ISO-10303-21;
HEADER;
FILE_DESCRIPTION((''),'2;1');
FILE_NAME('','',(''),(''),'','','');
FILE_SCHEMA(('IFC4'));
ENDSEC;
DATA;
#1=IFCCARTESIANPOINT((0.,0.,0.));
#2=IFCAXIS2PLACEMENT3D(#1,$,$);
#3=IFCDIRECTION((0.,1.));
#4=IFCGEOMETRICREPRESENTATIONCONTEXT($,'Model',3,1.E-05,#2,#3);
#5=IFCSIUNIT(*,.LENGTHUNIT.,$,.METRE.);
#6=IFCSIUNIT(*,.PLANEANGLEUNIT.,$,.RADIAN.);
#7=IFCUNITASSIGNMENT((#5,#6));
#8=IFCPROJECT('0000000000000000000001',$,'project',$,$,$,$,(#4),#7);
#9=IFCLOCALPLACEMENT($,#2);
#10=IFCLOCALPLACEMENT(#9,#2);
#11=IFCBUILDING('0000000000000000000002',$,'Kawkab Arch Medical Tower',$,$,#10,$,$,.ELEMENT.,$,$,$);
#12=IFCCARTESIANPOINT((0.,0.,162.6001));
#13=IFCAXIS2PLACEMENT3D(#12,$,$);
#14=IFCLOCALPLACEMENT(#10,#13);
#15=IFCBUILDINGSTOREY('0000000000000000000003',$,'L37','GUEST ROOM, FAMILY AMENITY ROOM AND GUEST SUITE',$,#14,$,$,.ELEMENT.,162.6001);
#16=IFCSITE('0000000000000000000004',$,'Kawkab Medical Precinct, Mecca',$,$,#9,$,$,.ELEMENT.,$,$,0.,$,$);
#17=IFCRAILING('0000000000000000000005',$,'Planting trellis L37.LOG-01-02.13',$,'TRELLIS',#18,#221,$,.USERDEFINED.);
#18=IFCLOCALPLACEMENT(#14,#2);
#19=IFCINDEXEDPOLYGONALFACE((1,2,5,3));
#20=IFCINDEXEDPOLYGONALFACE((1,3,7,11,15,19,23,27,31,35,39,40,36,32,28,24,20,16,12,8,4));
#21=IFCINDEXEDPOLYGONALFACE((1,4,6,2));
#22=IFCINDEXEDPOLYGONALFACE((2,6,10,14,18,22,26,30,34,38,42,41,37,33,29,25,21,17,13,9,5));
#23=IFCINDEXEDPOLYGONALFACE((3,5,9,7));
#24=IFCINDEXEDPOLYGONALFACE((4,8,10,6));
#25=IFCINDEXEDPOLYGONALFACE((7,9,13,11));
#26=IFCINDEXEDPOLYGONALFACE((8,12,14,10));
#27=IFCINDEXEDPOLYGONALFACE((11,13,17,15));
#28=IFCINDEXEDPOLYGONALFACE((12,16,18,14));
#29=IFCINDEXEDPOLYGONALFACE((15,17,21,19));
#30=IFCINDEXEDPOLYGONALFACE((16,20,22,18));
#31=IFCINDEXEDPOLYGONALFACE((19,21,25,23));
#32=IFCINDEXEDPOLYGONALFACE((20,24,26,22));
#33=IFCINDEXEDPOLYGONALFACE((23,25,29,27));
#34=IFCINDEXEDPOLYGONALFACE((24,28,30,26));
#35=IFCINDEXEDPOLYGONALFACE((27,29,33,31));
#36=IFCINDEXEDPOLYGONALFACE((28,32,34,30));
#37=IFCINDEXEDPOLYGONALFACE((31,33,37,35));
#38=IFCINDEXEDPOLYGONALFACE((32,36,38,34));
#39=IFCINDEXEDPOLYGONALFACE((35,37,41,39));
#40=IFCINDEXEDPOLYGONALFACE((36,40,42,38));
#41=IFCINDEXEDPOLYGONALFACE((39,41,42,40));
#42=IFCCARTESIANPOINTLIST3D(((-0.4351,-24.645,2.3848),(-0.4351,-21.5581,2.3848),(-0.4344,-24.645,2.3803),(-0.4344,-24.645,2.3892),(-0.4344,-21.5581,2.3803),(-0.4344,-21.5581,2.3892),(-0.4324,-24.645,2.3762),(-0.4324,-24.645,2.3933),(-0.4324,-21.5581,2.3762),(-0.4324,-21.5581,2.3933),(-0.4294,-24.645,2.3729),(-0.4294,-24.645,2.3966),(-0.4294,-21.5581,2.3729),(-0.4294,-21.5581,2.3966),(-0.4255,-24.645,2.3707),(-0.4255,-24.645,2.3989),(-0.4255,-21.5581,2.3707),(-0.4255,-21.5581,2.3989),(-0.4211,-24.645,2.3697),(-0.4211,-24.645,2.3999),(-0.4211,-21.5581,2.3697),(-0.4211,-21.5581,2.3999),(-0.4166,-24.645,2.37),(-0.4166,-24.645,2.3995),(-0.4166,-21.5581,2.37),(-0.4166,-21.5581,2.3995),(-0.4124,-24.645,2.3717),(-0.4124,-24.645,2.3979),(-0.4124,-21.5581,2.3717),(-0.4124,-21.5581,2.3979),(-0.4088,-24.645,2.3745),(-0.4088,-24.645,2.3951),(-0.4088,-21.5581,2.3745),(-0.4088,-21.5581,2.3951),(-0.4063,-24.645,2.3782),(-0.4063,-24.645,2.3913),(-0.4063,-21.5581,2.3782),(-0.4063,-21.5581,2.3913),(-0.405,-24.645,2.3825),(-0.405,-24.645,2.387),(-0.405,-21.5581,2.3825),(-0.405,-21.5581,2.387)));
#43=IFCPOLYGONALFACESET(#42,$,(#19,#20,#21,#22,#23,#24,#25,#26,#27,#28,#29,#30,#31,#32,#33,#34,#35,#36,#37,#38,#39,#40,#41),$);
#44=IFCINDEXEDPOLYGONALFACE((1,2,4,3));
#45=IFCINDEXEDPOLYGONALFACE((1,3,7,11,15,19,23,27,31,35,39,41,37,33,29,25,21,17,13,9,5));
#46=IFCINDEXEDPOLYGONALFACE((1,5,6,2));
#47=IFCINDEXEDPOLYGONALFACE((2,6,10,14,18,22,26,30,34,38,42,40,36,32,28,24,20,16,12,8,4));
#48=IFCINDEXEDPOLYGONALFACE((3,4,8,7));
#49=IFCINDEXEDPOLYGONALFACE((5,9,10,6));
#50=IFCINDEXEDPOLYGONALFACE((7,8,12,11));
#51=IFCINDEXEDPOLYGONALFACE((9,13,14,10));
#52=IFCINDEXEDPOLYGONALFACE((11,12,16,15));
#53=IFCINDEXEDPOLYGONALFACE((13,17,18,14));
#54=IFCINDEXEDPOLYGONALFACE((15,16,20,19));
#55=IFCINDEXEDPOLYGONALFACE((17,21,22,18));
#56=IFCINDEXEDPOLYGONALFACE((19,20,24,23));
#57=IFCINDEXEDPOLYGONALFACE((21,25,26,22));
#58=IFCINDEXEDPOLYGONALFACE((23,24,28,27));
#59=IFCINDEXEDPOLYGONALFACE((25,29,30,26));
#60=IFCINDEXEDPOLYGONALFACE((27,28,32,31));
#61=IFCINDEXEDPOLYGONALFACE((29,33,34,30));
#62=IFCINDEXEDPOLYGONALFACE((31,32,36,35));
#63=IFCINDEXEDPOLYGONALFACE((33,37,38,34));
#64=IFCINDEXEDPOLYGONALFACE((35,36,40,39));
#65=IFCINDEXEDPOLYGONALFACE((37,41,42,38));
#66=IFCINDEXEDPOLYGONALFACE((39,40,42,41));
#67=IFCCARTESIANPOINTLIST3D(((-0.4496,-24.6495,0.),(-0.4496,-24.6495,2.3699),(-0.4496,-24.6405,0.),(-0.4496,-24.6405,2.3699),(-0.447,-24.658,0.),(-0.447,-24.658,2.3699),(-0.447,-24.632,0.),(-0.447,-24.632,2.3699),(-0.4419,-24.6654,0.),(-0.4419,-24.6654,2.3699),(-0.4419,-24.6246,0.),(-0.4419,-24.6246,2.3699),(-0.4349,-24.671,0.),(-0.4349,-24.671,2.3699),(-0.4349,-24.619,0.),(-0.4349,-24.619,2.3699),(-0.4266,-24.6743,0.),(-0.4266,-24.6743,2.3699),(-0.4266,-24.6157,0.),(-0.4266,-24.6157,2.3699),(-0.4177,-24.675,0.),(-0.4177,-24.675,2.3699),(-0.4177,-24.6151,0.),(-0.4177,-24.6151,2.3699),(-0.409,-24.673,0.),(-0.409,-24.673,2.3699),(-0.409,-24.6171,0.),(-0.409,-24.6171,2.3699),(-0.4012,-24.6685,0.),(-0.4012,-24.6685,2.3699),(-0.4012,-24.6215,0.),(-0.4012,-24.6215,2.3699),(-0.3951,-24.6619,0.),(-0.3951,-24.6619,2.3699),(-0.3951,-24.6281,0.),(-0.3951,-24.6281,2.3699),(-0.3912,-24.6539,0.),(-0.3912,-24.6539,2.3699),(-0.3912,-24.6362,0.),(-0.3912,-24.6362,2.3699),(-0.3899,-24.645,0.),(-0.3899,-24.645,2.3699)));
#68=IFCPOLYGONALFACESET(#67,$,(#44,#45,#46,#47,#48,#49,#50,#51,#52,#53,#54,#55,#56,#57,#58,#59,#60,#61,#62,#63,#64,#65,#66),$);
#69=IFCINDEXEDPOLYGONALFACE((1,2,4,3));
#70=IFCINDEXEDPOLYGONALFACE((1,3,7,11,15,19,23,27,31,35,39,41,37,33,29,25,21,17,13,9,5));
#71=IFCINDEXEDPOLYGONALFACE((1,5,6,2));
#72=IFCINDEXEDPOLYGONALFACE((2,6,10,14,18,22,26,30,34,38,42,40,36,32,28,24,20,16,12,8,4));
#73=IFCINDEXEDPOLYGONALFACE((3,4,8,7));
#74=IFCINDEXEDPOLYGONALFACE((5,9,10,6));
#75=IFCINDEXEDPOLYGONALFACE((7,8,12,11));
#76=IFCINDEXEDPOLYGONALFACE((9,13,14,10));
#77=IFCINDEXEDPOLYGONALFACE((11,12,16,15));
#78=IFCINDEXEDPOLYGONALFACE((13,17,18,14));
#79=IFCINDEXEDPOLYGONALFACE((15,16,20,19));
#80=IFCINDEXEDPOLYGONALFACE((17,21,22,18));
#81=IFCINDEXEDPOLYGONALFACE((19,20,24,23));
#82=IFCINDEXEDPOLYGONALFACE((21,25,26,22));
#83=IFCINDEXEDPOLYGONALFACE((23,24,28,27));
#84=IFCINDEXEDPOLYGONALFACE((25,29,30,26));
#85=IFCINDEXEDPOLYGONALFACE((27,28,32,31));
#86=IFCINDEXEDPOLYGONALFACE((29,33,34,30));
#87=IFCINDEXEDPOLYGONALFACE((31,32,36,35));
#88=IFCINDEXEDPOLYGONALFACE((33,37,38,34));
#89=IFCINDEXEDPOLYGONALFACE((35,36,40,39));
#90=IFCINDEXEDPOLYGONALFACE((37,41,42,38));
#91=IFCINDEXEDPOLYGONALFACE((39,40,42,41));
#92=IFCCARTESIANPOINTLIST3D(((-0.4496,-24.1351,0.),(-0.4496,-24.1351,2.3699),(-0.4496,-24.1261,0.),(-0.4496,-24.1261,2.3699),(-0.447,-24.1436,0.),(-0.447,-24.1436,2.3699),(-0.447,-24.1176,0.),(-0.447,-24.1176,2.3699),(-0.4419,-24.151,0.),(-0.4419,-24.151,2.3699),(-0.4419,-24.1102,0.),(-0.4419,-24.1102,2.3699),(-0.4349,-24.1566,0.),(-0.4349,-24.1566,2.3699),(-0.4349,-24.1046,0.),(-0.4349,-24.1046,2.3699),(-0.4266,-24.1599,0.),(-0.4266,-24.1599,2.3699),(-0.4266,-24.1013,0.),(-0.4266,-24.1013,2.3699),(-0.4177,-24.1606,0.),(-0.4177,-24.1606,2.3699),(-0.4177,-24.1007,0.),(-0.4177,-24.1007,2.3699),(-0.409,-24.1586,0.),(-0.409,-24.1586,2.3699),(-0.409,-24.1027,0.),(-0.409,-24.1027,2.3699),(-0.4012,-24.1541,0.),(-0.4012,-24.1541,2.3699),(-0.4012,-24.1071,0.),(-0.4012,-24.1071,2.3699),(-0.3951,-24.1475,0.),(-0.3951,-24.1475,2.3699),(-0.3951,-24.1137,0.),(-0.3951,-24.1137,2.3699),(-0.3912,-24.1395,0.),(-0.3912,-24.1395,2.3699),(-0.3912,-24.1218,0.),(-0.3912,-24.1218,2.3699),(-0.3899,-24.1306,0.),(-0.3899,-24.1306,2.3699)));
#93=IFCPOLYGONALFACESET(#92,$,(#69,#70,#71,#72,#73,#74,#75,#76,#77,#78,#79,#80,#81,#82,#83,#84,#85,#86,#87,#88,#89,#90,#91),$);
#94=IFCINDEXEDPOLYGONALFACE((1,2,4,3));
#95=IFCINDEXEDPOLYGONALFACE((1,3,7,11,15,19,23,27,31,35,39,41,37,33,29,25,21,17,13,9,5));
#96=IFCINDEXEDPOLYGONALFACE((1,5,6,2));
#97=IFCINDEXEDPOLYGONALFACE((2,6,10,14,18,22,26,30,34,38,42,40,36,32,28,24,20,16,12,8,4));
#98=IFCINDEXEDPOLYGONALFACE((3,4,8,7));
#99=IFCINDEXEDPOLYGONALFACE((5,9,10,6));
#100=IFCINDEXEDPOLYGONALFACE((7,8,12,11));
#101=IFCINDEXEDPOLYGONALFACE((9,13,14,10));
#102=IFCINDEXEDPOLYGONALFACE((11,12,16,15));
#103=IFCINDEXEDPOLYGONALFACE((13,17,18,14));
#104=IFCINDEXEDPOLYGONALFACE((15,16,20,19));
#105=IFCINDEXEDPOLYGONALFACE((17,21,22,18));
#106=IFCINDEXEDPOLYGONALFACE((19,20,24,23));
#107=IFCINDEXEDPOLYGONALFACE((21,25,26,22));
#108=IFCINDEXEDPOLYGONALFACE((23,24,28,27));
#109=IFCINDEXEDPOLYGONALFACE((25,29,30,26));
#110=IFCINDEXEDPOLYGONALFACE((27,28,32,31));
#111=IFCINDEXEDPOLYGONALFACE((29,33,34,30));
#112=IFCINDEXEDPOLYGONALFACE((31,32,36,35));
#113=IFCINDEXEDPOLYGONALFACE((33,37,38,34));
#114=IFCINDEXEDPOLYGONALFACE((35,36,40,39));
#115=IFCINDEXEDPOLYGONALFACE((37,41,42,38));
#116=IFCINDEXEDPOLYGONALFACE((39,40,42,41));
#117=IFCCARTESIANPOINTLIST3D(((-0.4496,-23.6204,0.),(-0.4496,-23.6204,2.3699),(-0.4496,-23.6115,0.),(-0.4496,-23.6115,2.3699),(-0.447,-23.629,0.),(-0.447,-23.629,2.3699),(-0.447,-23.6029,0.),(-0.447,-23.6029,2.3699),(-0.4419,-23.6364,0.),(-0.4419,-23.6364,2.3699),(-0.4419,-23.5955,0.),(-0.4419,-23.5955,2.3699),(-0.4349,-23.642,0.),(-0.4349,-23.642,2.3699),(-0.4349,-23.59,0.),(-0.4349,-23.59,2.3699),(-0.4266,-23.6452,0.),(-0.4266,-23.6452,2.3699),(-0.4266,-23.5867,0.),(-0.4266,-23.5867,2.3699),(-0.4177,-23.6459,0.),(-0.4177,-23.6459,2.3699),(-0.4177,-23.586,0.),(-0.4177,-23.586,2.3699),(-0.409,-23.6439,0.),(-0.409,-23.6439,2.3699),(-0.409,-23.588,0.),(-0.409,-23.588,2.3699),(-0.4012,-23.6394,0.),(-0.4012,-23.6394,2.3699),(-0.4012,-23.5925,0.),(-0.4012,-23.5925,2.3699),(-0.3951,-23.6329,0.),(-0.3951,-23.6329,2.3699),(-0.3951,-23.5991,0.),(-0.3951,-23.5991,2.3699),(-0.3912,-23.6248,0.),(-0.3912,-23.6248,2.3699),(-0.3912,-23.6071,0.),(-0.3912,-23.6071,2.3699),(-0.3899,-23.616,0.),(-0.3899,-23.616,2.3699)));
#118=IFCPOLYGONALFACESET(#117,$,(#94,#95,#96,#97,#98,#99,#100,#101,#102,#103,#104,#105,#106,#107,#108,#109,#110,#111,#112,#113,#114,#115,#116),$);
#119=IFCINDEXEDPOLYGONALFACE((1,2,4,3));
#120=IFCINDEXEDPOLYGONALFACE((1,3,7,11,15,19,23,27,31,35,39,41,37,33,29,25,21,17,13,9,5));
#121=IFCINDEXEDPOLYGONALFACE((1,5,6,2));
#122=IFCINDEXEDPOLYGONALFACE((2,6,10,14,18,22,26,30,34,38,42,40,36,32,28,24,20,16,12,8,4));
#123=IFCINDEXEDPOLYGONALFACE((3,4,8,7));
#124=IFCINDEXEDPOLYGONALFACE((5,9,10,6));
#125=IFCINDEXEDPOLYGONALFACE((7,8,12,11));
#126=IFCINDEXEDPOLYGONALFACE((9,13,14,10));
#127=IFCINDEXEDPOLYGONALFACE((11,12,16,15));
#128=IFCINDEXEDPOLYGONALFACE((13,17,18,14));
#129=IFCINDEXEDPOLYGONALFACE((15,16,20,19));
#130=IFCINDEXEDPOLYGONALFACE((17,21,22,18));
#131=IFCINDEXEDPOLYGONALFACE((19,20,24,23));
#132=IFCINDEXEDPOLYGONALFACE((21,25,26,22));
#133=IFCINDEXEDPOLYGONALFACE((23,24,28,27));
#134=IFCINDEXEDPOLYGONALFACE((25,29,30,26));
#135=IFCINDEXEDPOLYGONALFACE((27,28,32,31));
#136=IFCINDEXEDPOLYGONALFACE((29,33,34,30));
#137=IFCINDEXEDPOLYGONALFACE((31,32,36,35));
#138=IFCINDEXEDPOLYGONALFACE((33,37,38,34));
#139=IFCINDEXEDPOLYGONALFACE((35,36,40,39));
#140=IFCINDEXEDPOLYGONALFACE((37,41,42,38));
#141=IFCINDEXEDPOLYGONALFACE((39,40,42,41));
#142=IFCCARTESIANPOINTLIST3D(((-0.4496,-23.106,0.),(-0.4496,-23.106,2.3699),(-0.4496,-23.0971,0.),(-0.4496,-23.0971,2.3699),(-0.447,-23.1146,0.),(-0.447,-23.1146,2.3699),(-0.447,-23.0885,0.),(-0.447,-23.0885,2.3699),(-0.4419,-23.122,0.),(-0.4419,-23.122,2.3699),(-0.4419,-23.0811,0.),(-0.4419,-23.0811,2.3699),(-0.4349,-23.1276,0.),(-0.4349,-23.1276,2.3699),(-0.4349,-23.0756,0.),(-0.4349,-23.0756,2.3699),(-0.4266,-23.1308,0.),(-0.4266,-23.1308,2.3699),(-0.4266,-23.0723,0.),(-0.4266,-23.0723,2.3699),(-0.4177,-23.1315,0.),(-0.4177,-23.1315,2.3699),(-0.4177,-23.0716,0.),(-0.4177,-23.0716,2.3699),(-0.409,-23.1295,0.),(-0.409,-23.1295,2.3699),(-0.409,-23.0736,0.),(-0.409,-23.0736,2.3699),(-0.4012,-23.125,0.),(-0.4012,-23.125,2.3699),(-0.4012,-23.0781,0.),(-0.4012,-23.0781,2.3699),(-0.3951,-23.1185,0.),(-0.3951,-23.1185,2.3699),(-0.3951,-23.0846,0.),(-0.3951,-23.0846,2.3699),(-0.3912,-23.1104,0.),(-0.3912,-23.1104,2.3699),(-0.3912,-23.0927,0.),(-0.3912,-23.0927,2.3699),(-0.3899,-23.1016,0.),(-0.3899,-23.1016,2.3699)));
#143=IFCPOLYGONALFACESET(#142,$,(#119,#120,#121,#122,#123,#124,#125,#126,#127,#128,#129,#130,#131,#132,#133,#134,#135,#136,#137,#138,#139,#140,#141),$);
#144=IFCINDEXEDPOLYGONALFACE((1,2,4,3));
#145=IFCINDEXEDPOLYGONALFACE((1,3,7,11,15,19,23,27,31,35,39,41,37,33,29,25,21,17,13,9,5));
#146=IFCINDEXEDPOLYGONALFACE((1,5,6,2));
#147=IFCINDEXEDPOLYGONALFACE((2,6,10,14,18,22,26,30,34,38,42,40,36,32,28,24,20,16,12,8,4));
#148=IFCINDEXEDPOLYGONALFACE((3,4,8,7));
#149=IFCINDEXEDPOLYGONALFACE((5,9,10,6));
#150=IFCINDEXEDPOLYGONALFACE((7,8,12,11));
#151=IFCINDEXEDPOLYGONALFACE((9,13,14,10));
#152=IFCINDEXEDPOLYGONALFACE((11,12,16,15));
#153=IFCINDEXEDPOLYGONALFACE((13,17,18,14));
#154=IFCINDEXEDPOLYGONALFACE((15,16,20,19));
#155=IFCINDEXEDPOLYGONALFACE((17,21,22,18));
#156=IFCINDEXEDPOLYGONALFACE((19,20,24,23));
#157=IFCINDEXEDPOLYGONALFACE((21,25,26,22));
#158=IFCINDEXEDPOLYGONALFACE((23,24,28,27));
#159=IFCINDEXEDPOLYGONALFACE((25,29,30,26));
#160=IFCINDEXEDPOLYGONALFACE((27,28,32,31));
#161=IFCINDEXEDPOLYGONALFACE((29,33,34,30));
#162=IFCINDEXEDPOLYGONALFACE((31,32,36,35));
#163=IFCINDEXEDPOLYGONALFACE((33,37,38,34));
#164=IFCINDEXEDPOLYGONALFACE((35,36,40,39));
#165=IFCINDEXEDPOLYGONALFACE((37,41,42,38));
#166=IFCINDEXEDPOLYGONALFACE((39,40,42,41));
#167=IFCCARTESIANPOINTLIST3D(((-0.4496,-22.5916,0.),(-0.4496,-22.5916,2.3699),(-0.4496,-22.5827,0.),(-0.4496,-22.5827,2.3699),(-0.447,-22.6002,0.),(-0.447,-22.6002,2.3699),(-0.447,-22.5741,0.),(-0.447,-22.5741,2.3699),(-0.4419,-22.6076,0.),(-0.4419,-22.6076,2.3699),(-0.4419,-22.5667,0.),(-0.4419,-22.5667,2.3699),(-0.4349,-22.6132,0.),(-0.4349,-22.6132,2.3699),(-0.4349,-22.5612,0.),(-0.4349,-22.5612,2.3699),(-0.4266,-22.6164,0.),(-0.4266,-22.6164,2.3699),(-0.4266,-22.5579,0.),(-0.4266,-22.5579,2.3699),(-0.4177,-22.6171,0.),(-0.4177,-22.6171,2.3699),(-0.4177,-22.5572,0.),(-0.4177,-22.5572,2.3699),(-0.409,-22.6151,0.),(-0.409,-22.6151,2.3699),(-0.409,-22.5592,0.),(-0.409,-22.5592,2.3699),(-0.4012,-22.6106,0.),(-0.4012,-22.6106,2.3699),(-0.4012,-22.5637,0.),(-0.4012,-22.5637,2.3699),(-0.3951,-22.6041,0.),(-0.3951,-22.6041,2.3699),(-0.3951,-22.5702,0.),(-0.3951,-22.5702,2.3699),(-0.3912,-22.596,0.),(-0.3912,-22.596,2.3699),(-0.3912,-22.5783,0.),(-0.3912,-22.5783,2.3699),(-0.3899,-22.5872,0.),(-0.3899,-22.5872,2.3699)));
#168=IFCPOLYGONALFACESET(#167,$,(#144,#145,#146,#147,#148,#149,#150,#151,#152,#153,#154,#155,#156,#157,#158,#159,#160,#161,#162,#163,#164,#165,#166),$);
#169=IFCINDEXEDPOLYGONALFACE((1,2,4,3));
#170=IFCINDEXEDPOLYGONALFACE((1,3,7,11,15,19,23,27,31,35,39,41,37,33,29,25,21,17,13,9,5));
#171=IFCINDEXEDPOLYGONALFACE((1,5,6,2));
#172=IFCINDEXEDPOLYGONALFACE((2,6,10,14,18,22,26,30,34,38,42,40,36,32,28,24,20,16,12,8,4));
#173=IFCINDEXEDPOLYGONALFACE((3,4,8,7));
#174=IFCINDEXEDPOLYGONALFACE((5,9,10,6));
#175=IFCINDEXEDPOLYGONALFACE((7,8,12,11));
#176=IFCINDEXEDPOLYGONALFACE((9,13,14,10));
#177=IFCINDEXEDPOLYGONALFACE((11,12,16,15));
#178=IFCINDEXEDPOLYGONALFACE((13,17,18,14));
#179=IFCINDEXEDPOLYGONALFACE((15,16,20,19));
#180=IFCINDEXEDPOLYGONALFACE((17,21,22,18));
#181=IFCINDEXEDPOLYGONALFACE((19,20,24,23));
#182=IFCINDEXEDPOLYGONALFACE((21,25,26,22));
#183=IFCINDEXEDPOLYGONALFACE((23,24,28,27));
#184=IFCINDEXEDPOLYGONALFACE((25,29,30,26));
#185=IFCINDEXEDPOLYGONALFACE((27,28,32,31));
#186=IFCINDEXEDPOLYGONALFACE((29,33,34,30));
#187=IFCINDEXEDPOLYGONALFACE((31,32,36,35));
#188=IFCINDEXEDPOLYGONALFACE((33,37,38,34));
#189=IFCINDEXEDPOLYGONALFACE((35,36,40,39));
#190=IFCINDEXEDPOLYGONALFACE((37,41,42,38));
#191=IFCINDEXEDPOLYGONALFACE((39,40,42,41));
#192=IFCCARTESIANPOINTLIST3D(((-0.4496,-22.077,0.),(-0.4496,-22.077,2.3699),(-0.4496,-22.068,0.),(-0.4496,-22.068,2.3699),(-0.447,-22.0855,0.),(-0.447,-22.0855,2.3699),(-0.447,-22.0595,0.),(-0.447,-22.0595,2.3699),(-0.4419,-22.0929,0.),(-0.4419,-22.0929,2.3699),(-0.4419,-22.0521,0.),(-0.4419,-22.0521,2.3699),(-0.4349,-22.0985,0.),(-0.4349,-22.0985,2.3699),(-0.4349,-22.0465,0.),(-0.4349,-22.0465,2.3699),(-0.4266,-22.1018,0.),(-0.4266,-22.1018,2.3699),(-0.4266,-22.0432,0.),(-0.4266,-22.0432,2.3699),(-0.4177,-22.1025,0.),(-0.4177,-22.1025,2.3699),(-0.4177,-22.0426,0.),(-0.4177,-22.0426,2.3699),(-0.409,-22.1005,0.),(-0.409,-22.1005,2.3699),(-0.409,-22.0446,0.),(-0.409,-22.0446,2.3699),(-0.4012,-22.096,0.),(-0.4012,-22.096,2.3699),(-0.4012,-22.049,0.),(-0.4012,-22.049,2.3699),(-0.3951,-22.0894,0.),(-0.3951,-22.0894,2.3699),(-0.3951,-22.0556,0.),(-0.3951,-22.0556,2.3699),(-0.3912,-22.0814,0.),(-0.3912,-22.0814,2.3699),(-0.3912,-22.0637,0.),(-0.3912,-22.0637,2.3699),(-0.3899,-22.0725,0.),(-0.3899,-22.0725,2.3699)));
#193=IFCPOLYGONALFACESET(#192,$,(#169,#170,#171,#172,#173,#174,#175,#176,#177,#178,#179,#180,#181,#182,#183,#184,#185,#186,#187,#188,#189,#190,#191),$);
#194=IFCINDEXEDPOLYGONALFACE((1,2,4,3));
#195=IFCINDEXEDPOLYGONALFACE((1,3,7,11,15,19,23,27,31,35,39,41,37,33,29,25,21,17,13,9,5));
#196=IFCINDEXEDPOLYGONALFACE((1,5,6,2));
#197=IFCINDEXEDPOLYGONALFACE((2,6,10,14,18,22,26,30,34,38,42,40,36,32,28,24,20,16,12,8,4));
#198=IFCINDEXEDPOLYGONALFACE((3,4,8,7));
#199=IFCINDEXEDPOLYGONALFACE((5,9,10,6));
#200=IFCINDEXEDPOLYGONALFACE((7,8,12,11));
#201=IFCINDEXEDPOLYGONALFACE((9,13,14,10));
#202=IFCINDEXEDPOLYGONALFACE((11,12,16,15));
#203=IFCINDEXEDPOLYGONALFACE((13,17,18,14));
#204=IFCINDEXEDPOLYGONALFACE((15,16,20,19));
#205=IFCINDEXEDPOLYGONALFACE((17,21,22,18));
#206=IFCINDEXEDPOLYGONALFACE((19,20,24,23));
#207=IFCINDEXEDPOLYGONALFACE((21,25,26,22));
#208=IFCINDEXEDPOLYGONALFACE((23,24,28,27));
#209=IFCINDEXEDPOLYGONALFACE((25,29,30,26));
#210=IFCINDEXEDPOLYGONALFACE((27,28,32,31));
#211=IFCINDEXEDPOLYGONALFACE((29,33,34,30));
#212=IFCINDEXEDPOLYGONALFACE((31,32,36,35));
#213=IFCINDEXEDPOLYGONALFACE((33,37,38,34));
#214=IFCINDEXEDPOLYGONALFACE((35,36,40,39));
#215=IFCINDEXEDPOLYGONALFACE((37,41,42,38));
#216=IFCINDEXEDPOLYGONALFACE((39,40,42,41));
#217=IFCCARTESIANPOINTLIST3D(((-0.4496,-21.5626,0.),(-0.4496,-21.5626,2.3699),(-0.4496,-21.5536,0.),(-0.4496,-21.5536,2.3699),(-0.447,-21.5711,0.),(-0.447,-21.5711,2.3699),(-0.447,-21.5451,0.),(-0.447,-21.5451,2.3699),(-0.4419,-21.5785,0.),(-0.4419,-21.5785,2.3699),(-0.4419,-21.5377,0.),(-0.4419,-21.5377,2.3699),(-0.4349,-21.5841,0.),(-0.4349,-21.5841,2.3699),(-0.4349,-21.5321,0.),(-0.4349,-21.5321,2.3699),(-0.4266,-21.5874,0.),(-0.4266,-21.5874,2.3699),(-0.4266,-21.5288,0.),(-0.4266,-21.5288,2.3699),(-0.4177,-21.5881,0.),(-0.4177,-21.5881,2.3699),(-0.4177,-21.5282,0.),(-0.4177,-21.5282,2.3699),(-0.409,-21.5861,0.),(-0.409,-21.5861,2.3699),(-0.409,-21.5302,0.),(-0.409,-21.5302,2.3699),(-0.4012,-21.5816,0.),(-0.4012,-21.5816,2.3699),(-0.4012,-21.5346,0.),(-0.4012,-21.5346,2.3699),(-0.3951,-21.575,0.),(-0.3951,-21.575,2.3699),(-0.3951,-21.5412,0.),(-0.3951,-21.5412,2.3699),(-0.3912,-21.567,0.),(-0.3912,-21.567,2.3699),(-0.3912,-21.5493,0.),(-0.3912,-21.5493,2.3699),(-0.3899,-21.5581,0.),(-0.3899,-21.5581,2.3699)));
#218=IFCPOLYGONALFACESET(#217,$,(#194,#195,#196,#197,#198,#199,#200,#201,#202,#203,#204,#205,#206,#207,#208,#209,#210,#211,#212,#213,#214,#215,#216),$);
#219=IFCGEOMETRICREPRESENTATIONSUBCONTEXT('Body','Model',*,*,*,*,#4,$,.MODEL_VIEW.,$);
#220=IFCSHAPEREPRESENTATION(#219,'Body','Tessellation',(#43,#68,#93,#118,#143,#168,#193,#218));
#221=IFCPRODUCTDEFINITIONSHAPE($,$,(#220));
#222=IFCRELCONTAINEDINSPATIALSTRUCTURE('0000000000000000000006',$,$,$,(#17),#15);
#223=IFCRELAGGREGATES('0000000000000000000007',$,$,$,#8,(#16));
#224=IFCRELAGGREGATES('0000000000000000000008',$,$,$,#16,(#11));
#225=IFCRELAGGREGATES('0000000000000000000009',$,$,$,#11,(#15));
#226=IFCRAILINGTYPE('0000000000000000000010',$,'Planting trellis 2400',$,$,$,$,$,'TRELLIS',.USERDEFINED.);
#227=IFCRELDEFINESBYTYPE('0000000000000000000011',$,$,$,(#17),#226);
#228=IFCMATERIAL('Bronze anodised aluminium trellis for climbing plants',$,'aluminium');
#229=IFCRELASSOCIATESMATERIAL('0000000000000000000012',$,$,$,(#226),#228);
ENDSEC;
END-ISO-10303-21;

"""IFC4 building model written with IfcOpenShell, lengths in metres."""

from ifc_helpers import new_model, si_unit, direction, frame, origin, origin_2d, place, context, subcontext, project, spatial, circle, extrude, material, type_object, element, save


model = new_model("IFC4")

# Units and contexts
model_context = context("Model", 3, precision=1e-05, world=origin(), true_north=direction((0.0, 1.0)))
body_context = subcontext(model_context, "Body", "Model", "MODEL_VIEW")
ifc_project = project(units=[si_unit("LENGTHUNIT", "METRE"), si_unit("PLANEANGLEUNIT", "RADIAN")], contexts=[model_context])

# Site, building, storey
site_placement = place(None, origin())
site = spatial("IfcSite", under=ifc_project, at=site_placement, Name="Kawkab Medical Precinct, Mecca", CompositionType="ELEMENT", RefElevation=0.0)
building_placement = place(site_placement, origin())
building = spatial("IfcBuilding", under=site, at=building_placement, Name="Kawkab Arch Medical Tower", CompositionType="ELEMENT")
storey_placement = place(building_placement, frame((0.0, 0.0, 162.6001)))
storey = spatial("IfcBuildingStorey", under=building, at=storey_placement, Name="L37", Description="GUEST ROOM, FAMILY AMENITY ROOM AND GUEST SUITE", CompositionType="ELEMENT", Elevation=162.6001)

# Railing
ifc_material_1 = material(Name="Bronze anodised aluminium trellis for climbing plants", Category="aluminium")
railing_type = type_object("IfcRailingType", Name="Planting trellis 2400", ElementType="TRELLIS", PredefinedType="USERDEFINED", material=ifc_material_1)
railing_1_placement = place(storey_placement, frame((-0.4199, -24.645, 0.0)))
element("IfcRailing", 1, at=railing_1_placement, inside=storey, type_object=railing_type, Name="Planting trellis L37.LOG-01-02.13", ObjectType="TRELLIS", PredefinedType="USERDEFINED", context=body_context, shape_type="SweptSolid", body=[
    extrude(circle(Radius=0.0151, at=origin_2d()), frame((0.0, 0.0, 2.3848), z_axis=(0.0, 1.0, 0.0), x_axis=(-1.0, 0.0, 0.0)), (0.0, 0.0, 1.0), 3.0869),
    extrude(circle(Radius=0.03, at=origin_2d()), origin(), (0.0, 0.0, 1.0), 2.3699),
    extrude(circle(Radius=0.03, at=origin_2d()), frame((0.0, 0.5144, 0.0)), (0.0, 0.0, 1.0), 2.3699),
    extrude(circle(Radius=0.03, at=origin_2d()), frame((0.0, 1.0291, 0.0)), (0.0, 0.0, 1.0), 2.3699),
    extrude(circle(Radius=0.03, at=origin_2d()), frame((0.0, 1.5435, 0.0)), (0.0, 0.0, 1.0), 2.3699),
    extrude(circle(Radius=0.03, at=origin_2d()), frame((0.0, 2.0579, 0.0)), (0.0, 0.0, 1.0), 2.3699),
    extrude(circle(Radius=0.03, at=origin_2d()), frame((0.0, 2.5725, 0.0)), (0.0, 0.0, 1.0), 2.3699),
    extrude(circle(Radius=0.03, at=origin_2d()), frame((0.0, 3.0869, 0.0)), (0.0, 0.0, 1.0), 2.3699),
])

save(model, "model.ifc")
